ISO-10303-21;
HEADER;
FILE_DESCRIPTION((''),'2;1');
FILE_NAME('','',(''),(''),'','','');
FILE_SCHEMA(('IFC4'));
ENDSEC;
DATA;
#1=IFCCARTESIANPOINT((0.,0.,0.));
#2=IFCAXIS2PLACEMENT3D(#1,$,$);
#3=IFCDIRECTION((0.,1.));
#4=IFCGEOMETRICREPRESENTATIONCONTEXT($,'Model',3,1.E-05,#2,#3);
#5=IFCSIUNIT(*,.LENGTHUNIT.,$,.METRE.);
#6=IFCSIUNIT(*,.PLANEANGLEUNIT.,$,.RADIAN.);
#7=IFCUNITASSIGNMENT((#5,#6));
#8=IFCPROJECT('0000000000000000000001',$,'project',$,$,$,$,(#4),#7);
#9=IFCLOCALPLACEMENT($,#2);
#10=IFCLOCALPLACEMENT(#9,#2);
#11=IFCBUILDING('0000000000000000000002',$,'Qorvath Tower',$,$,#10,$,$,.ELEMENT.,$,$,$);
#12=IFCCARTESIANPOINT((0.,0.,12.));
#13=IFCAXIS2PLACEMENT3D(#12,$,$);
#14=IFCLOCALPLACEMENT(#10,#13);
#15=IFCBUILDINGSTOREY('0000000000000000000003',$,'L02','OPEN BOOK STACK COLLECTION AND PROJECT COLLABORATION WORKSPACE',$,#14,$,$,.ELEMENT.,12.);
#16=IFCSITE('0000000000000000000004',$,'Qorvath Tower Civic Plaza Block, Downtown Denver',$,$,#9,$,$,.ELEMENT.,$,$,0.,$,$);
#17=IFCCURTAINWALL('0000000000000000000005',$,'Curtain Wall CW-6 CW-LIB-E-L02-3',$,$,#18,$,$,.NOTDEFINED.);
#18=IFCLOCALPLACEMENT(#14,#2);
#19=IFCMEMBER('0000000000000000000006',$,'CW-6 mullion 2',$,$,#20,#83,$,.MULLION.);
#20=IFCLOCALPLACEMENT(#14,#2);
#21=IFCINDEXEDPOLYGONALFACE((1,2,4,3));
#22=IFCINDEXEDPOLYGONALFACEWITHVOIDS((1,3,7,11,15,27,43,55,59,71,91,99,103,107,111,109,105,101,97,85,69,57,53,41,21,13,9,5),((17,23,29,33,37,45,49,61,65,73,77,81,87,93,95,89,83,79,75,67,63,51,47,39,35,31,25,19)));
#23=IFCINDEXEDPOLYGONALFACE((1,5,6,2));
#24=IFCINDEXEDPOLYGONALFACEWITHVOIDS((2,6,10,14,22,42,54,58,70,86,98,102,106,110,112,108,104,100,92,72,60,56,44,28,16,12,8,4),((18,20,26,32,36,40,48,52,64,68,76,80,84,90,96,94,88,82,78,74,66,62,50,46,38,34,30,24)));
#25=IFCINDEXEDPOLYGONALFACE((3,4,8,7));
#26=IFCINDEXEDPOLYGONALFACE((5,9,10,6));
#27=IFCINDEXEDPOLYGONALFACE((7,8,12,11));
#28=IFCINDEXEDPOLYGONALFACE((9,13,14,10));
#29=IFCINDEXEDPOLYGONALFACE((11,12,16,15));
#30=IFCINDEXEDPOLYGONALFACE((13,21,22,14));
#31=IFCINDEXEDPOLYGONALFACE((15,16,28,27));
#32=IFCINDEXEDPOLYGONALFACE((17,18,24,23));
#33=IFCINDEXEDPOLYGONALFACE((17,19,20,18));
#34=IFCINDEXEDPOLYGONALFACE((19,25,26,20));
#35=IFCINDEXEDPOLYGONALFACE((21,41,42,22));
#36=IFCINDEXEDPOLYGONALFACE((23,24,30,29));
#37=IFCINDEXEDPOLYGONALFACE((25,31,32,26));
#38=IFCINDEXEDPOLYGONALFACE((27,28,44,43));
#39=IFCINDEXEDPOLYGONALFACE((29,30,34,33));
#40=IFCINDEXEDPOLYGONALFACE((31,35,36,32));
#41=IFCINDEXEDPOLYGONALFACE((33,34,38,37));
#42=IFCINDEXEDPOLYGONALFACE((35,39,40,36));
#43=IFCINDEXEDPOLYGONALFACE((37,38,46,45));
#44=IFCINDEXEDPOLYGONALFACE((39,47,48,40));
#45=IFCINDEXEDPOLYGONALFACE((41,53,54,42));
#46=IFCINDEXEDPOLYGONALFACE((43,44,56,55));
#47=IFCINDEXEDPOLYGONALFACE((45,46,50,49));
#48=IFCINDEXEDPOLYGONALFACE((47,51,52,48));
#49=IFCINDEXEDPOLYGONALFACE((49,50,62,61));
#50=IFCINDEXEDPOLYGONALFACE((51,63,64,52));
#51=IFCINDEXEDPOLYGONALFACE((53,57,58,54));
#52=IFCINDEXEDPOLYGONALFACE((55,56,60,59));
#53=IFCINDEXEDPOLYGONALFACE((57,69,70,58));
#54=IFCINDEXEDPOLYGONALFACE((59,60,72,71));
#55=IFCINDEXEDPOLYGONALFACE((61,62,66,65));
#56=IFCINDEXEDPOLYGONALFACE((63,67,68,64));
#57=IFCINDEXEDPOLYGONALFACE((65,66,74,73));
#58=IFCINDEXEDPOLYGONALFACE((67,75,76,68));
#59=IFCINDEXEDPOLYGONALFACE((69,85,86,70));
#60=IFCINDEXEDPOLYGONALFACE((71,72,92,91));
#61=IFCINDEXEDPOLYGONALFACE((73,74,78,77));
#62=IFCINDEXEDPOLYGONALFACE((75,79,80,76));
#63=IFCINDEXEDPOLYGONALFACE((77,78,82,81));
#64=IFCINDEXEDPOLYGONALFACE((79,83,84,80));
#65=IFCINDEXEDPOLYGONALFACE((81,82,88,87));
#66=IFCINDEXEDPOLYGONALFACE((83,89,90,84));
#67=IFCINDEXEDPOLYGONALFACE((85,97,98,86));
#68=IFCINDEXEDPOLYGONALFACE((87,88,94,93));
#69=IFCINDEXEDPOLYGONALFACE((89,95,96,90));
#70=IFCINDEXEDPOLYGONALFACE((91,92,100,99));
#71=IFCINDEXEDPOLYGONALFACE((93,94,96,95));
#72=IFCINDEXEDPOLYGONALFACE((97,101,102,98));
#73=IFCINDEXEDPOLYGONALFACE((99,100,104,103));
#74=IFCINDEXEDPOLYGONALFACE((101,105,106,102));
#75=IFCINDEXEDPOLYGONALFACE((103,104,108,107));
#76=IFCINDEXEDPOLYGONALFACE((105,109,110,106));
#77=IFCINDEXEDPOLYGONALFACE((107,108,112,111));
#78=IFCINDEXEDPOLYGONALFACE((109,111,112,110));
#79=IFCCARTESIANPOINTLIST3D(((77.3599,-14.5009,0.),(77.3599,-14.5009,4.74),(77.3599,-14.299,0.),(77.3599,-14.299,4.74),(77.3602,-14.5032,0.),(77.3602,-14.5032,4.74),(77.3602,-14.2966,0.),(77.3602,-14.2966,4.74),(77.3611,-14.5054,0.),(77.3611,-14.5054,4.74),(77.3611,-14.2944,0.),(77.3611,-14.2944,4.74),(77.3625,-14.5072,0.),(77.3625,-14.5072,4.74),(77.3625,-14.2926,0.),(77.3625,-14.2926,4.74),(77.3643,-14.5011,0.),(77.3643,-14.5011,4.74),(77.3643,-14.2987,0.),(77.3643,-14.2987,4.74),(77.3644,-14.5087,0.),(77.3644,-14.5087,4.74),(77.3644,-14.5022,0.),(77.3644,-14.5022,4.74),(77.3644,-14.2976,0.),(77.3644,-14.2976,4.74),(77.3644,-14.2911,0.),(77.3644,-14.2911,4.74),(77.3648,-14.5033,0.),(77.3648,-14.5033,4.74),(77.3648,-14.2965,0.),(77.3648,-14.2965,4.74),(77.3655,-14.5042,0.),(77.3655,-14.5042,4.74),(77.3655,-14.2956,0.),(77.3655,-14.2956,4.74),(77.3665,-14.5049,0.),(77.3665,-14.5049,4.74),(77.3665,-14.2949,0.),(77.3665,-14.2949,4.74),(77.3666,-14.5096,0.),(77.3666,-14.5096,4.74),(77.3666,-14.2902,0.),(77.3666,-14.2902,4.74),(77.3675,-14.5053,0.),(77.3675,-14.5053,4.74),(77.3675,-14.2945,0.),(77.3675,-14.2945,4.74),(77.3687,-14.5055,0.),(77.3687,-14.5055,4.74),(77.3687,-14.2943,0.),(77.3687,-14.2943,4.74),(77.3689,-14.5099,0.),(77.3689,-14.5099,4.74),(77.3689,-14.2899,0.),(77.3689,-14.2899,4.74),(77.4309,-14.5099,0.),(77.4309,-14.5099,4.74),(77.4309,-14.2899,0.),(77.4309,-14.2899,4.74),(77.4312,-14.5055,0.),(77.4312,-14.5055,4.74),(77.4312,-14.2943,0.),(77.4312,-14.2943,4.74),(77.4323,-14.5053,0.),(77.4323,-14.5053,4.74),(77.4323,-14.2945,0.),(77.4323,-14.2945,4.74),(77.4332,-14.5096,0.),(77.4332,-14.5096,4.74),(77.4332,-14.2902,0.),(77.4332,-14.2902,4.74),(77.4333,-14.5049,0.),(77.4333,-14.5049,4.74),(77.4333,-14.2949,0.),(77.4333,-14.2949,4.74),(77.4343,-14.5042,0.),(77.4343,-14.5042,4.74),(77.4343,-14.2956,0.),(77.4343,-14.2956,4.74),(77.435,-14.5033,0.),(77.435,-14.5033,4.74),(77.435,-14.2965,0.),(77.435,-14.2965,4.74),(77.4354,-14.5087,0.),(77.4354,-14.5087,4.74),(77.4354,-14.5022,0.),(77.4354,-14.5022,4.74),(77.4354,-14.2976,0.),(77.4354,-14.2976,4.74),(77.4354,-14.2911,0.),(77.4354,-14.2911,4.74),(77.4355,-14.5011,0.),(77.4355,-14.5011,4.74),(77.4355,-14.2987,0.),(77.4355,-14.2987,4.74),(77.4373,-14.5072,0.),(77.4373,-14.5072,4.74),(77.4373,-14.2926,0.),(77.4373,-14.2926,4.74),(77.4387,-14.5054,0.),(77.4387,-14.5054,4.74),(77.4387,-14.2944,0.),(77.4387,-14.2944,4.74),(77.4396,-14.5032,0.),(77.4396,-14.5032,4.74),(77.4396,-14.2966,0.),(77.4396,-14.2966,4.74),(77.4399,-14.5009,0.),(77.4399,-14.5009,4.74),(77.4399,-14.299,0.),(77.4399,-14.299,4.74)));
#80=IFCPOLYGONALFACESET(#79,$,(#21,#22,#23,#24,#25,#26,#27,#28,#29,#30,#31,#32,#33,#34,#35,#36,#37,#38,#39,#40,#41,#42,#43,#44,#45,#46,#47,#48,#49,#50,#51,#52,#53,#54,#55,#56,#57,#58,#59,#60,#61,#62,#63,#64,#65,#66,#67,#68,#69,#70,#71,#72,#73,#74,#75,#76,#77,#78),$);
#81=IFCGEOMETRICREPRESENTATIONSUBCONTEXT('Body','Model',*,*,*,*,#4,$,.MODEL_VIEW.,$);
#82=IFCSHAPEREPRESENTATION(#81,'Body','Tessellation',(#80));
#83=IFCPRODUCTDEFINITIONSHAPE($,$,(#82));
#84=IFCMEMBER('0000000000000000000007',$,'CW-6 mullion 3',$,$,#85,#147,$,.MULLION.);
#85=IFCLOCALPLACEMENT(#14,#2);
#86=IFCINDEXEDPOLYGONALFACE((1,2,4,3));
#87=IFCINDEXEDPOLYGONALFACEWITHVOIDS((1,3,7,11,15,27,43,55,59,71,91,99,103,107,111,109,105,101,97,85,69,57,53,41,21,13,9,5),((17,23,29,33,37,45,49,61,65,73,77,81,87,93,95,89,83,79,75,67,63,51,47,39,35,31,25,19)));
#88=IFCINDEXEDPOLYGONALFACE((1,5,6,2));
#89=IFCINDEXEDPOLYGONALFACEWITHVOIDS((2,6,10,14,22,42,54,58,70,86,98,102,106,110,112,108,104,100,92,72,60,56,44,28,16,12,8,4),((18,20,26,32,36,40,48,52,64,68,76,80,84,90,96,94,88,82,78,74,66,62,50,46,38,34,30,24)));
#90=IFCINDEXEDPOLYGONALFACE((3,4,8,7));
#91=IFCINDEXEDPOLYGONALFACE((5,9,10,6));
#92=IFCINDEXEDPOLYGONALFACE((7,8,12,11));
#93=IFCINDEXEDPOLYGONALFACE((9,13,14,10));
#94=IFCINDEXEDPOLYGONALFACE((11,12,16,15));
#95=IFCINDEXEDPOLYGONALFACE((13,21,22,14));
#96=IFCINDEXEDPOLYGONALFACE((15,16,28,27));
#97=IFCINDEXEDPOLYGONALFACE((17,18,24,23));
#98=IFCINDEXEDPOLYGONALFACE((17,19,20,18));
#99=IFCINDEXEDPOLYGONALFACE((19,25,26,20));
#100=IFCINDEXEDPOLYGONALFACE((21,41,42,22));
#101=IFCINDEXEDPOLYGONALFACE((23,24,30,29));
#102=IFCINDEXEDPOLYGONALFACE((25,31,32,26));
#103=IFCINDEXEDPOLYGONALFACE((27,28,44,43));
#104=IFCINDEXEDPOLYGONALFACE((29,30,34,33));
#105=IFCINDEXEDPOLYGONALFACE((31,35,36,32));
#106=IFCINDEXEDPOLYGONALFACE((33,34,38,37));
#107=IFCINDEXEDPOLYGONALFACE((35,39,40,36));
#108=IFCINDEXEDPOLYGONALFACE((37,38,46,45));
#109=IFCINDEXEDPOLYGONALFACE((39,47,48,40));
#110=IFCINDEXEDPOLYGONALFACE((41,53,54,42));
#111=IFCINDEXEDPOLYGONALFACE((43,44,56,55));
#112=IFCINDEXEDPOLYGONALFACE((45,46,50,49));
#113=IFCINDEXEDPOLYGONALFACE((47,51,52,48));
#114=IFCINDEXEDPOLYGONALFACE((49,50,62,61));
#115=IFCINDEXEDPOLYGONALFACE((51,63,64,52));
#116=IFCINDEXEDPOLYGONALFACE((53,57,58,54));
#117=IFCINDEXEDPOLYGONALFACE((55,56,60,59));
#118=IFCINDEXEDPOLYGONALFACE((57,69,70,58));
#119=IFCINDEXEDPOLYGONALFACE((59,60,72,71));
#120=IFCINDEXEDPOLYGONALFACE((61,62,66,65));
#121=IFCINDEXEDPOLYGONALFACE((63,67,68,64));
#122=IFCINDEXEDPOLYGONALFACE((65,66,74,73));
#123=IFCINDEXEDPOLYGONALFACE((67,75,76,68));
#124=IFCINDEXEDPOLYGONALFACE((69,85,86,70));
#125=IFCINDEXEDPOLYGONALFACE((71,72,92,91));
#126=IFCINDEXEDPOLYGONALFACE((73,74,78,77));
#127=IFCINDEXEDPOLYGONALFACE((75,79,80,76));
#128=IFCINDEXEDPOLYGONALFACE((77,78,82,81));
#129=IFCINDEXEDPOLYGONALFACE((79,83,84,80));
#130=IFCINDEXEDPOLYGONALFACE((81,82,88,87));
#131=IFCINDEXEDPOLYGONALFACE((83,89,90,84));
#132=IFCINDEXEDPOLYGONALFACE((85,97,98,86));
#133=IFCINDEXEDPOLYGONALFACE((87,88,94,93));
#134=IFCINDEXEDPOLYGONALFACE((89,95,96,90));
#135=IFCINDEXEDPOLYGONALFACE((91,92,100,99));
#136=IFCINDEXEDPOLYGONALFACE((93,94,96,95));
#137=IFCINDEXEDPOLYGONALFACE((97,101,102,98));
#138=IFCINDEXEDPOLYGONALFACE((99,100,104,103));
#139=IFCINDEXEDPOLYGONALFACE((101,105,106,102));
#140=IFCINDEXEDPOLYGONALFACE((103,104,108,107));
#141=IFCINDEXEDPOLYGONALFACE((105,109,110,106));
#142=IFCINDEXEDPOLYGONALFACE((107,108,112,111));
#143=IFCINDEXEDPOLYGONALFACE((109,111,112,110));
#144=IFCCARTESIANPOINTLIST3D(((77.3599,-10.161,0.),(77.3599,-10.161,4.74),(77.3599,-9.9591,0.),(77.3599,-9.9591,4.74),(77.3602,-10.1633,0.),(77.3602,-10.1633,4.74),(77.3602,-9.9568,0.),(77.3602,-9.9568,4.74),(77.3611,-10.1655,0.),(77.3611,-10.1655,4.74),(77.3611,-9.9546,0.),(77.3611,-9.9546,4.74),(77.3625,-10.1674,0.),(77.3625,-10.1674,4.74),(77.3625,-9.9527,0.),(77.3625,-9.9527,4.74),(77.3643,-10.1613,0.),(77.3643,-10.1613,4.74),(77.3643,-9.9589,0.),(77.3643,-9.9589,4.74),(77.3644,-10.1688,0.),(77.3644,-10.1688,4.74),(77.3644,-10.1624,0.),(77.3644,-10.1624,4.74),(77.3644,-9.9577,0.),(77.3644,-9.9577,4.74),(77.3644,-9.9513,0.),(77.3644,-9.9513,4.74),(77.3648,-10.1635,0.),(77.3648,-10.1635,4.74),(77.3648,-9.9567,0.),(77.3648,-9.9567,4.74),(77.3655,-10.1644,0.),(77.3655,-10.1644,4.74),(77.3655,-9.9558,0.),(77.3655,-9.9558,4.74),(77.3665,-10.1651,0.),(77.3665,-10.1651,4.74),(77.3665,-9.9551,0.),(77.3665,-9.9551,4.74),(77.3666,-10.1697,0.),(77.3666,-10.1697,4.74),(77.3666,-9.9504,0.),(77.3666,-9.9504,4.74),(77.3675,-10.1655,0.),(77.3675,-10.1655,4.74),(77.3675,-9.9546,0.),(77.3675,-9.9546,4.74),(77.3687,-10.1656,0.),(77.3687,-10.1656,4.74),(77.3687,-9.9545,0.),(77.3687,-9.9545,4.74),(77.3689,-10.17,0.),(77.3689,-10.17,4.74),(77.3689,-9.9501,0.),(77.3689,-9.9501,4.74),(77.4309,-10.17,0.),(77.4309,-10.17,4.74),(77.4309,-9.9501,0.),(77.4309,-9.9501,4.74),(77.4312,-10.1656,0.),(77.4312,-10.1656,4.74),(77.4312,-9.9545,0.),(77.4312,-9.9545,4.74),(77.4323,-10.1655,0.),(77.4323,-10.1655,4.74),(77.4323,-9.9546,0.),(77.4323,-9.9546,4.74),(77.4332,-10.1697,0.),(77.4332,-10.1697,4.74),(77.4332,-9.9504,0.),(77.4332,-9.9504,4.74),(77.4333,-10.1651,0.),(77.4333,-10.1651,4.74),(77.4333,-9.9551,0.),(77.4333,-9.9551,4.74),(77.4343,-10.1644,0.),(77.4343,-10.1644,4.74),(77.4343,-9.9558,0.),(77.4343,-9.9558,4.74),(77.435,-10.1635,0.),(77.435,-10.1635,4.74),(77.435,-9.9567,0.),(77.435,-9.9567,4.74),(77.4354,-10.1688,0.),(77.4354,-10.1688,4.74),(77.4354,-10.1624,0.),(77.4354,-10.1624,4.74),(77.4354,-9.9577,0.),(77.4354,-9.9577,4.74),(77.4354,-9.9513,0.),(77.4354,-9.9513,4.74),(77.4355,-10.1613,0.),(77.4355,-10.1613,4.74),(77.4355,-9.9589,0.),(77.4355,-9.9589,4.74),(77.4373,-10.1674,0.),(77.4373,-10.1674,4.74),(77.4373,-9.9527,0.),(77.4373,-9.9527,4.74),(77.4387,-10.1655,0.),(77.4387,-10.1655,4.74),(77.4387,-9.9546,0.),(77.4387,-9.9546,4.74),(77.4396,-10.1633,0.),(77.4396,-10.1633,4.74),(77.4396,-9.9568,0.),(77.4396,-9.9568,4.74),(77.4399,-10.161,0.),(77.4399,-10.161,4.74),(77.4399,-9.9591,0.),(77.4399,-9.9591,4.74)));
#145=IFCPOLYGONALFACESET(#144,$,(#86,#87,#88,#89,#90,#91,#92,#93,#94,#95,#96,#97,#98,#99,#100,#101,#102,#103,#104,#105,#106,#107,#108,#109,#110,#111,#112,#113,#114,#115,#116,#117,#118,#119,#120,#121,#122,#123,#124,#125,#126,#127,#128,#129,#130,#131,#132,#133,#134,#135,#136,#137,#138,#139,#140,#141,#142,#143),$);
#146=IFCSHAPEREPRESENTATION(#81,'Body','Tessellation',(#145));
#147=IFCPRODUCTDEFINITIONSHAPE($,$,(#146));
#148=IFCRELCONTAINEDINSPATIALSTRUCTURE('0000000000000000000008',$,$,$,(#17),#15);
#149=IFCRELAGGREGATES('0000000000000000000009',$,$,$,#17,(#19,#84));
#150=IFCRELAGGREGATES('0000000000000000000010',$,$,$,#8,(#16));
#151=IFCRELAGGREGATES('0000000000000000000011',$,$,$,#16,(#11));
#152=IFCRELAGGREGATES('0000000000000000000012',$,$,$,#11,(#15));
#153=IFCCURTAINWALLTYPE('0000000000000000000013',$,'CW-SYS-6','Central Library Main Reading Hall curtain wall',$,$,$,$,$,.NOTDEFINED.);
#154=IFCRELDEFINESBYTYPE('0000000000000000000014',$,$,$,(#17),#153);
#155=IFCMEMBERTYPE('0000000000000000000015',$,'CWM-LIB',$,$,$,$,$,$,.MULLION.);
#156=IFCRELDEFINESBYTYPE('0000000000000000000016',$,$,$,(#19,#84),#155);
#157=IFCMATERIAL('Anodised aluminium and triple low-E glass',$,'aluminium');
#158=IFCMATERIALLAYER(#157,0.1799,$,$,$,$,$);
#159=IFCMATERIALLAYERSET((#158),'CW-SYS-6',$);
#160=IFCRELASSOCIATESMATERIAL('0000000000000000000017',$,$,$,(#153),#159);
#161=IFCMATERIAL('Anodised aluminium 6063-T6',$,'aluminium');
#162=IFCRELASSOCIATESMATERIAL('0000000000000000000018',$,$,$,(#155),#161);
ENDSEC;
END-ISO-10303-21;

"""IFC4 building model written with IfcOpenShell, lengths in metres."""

from ifc_helpers import new_model, si_unit, direction, frame, origin, origin_2d, place, context, subcontext, project, spatial, hollow_rectangle, extrude, material, layer, layer_set, material_profile, profile_set, type_object, element, aggregate, save


model = new_model("IFC4")

# Units and contexts
model_context = context("Model", 3, precision=1e-05, world=origin(), true_north=direction((0.0, 1.0)))
body_context = subcontext(model_context, "Body", "Model", "MODEL_VIEW")
ifc_project = project(units=[si_unit("LENGTHUNIT", "METRE"), si_unit("PLANEANGLEUNIT", "RADIAN")], contexts=[model_context])

# Site, building, storey
site_placement = place(None, origin())
site = spatial("IfcSite", under=ifc_project, at=site_placement, Name="Qorvath Tower Civic Plaza Block, Downtown Denver", CompositionType="ELEMENT", RefElevation=0.0)
building_placement = place(site_placement, origin())
building = spatial("IfcBuilding", under=site, at=building_placement, Name="Qorvath Tower", CompositionType="ELEMENT")
storey_placement = place(building_placement, frame((0.0, 0.0, 12.0)))
storey = spatial("IfcBuildingStorey", under=building, at=storey_placement, Name="L02", Description="OPEN BOOK STACK COLLECTION AND PROJECT COLLABORATION WORKSPACE", CompositionType="ELEMENT", Elevation=12.0)

# Curtain wall, members
ifc_material_1 = material(Name="Anodised aluminium and triple low-E glass", Category="aluminium")
ifc_layer_1 = layer(ifc_material_1, 0.1799)
ifc_layer_set_1 = layer_set([ifc_layer_1], Name="CW-SYS-6")
curtain_wall_type = type_object("IfcCurtainWallType", Name="CW-SYS-6", Description="Central Library Main Reading Hall curtain wall", PredefinedType="NOTDEFINED", material=ifc_layer_set_1)
curtain_wall_placement = place(storey_placement, origin())
curtain_wall = element("IfcCurtainWall", 1, at=curtain_wall_placement, inside=storey, type_object=curtain_wall_type, Name="Curtain Wall CW-6 CW-LIB-E-L02-3", PredefinedType="NOTDEFINED")
ifc_material_2 = material(Name="Anodised aluminium 6063-T6", Category="aluminium")
ifc_material_profile_1 = material_profile(ifc_material_2, hollow_rectangle(XDim=0.0801, YDim=0.22, WallThickness=0.0044, InnerFilletRadius=0.0044, OuterFilletRadius=0.009, at=origin_2d()), Name="CWM LIB 220x80")
ifc_profile_set_1 = profile_set([ifc_material_profile_1], Name="Anodised aluminium 6063-T6")
member_type_1 = type_object("IfcMemberType", Name="CWM-LIB", PredefinedType="MULLION", material=ifc_profile_set_1)
member_1_placement = place(storey_placement, frame((77.3999, -14.3999, 0.0), z_axis=(0.0, 0.0, 1.0), x_axis=(-1.0, 0.0, 0.0)))
member_1 = element("IfcMember", 2, at=member_1_placement, type_object=member_type_1, Name="CW-6 mullion 2", PredefinedType="MULLION", context=body_context, shape_type="SweptSolid", body=[
    extrude(hollow_rectangle(XDim=0.0801, YDim=0.22, WallThickness=0.0044, InnerFilletRadius=0.0044, OuterFilletRadius=0.009, at=origin_2d()), origin(), (0.0, 0.0, 1.0), 4.74),
])
member_2_placement = place(storey_placement, frame((77.3999, -10.0601, 0.0), z_axis=(0.0, 0.0, 1.0), x_axis=(-1.0, 0.0, 0.0)))
member_2 = element("IfcMember", 3, at=member_2_placement, type_object=member_type_1, Name="CW-6 mullion 3", PredefinedType="MULLION", context=body_context, shape_type="SweptSolid", body=[
    extrude(hollow_rectangle(XDim=0.0801, YDim=0.22, WallThickness=0.0044, InnerFilletRadius=0.0044, OuterFilletRadius=0.009, at=origin_2d()), origin(), (0.0, 0.0, 1.0), 4.74),
])
aggregate(curtain_wall, [member_1, member_2])

save(model, "model.ifc")
